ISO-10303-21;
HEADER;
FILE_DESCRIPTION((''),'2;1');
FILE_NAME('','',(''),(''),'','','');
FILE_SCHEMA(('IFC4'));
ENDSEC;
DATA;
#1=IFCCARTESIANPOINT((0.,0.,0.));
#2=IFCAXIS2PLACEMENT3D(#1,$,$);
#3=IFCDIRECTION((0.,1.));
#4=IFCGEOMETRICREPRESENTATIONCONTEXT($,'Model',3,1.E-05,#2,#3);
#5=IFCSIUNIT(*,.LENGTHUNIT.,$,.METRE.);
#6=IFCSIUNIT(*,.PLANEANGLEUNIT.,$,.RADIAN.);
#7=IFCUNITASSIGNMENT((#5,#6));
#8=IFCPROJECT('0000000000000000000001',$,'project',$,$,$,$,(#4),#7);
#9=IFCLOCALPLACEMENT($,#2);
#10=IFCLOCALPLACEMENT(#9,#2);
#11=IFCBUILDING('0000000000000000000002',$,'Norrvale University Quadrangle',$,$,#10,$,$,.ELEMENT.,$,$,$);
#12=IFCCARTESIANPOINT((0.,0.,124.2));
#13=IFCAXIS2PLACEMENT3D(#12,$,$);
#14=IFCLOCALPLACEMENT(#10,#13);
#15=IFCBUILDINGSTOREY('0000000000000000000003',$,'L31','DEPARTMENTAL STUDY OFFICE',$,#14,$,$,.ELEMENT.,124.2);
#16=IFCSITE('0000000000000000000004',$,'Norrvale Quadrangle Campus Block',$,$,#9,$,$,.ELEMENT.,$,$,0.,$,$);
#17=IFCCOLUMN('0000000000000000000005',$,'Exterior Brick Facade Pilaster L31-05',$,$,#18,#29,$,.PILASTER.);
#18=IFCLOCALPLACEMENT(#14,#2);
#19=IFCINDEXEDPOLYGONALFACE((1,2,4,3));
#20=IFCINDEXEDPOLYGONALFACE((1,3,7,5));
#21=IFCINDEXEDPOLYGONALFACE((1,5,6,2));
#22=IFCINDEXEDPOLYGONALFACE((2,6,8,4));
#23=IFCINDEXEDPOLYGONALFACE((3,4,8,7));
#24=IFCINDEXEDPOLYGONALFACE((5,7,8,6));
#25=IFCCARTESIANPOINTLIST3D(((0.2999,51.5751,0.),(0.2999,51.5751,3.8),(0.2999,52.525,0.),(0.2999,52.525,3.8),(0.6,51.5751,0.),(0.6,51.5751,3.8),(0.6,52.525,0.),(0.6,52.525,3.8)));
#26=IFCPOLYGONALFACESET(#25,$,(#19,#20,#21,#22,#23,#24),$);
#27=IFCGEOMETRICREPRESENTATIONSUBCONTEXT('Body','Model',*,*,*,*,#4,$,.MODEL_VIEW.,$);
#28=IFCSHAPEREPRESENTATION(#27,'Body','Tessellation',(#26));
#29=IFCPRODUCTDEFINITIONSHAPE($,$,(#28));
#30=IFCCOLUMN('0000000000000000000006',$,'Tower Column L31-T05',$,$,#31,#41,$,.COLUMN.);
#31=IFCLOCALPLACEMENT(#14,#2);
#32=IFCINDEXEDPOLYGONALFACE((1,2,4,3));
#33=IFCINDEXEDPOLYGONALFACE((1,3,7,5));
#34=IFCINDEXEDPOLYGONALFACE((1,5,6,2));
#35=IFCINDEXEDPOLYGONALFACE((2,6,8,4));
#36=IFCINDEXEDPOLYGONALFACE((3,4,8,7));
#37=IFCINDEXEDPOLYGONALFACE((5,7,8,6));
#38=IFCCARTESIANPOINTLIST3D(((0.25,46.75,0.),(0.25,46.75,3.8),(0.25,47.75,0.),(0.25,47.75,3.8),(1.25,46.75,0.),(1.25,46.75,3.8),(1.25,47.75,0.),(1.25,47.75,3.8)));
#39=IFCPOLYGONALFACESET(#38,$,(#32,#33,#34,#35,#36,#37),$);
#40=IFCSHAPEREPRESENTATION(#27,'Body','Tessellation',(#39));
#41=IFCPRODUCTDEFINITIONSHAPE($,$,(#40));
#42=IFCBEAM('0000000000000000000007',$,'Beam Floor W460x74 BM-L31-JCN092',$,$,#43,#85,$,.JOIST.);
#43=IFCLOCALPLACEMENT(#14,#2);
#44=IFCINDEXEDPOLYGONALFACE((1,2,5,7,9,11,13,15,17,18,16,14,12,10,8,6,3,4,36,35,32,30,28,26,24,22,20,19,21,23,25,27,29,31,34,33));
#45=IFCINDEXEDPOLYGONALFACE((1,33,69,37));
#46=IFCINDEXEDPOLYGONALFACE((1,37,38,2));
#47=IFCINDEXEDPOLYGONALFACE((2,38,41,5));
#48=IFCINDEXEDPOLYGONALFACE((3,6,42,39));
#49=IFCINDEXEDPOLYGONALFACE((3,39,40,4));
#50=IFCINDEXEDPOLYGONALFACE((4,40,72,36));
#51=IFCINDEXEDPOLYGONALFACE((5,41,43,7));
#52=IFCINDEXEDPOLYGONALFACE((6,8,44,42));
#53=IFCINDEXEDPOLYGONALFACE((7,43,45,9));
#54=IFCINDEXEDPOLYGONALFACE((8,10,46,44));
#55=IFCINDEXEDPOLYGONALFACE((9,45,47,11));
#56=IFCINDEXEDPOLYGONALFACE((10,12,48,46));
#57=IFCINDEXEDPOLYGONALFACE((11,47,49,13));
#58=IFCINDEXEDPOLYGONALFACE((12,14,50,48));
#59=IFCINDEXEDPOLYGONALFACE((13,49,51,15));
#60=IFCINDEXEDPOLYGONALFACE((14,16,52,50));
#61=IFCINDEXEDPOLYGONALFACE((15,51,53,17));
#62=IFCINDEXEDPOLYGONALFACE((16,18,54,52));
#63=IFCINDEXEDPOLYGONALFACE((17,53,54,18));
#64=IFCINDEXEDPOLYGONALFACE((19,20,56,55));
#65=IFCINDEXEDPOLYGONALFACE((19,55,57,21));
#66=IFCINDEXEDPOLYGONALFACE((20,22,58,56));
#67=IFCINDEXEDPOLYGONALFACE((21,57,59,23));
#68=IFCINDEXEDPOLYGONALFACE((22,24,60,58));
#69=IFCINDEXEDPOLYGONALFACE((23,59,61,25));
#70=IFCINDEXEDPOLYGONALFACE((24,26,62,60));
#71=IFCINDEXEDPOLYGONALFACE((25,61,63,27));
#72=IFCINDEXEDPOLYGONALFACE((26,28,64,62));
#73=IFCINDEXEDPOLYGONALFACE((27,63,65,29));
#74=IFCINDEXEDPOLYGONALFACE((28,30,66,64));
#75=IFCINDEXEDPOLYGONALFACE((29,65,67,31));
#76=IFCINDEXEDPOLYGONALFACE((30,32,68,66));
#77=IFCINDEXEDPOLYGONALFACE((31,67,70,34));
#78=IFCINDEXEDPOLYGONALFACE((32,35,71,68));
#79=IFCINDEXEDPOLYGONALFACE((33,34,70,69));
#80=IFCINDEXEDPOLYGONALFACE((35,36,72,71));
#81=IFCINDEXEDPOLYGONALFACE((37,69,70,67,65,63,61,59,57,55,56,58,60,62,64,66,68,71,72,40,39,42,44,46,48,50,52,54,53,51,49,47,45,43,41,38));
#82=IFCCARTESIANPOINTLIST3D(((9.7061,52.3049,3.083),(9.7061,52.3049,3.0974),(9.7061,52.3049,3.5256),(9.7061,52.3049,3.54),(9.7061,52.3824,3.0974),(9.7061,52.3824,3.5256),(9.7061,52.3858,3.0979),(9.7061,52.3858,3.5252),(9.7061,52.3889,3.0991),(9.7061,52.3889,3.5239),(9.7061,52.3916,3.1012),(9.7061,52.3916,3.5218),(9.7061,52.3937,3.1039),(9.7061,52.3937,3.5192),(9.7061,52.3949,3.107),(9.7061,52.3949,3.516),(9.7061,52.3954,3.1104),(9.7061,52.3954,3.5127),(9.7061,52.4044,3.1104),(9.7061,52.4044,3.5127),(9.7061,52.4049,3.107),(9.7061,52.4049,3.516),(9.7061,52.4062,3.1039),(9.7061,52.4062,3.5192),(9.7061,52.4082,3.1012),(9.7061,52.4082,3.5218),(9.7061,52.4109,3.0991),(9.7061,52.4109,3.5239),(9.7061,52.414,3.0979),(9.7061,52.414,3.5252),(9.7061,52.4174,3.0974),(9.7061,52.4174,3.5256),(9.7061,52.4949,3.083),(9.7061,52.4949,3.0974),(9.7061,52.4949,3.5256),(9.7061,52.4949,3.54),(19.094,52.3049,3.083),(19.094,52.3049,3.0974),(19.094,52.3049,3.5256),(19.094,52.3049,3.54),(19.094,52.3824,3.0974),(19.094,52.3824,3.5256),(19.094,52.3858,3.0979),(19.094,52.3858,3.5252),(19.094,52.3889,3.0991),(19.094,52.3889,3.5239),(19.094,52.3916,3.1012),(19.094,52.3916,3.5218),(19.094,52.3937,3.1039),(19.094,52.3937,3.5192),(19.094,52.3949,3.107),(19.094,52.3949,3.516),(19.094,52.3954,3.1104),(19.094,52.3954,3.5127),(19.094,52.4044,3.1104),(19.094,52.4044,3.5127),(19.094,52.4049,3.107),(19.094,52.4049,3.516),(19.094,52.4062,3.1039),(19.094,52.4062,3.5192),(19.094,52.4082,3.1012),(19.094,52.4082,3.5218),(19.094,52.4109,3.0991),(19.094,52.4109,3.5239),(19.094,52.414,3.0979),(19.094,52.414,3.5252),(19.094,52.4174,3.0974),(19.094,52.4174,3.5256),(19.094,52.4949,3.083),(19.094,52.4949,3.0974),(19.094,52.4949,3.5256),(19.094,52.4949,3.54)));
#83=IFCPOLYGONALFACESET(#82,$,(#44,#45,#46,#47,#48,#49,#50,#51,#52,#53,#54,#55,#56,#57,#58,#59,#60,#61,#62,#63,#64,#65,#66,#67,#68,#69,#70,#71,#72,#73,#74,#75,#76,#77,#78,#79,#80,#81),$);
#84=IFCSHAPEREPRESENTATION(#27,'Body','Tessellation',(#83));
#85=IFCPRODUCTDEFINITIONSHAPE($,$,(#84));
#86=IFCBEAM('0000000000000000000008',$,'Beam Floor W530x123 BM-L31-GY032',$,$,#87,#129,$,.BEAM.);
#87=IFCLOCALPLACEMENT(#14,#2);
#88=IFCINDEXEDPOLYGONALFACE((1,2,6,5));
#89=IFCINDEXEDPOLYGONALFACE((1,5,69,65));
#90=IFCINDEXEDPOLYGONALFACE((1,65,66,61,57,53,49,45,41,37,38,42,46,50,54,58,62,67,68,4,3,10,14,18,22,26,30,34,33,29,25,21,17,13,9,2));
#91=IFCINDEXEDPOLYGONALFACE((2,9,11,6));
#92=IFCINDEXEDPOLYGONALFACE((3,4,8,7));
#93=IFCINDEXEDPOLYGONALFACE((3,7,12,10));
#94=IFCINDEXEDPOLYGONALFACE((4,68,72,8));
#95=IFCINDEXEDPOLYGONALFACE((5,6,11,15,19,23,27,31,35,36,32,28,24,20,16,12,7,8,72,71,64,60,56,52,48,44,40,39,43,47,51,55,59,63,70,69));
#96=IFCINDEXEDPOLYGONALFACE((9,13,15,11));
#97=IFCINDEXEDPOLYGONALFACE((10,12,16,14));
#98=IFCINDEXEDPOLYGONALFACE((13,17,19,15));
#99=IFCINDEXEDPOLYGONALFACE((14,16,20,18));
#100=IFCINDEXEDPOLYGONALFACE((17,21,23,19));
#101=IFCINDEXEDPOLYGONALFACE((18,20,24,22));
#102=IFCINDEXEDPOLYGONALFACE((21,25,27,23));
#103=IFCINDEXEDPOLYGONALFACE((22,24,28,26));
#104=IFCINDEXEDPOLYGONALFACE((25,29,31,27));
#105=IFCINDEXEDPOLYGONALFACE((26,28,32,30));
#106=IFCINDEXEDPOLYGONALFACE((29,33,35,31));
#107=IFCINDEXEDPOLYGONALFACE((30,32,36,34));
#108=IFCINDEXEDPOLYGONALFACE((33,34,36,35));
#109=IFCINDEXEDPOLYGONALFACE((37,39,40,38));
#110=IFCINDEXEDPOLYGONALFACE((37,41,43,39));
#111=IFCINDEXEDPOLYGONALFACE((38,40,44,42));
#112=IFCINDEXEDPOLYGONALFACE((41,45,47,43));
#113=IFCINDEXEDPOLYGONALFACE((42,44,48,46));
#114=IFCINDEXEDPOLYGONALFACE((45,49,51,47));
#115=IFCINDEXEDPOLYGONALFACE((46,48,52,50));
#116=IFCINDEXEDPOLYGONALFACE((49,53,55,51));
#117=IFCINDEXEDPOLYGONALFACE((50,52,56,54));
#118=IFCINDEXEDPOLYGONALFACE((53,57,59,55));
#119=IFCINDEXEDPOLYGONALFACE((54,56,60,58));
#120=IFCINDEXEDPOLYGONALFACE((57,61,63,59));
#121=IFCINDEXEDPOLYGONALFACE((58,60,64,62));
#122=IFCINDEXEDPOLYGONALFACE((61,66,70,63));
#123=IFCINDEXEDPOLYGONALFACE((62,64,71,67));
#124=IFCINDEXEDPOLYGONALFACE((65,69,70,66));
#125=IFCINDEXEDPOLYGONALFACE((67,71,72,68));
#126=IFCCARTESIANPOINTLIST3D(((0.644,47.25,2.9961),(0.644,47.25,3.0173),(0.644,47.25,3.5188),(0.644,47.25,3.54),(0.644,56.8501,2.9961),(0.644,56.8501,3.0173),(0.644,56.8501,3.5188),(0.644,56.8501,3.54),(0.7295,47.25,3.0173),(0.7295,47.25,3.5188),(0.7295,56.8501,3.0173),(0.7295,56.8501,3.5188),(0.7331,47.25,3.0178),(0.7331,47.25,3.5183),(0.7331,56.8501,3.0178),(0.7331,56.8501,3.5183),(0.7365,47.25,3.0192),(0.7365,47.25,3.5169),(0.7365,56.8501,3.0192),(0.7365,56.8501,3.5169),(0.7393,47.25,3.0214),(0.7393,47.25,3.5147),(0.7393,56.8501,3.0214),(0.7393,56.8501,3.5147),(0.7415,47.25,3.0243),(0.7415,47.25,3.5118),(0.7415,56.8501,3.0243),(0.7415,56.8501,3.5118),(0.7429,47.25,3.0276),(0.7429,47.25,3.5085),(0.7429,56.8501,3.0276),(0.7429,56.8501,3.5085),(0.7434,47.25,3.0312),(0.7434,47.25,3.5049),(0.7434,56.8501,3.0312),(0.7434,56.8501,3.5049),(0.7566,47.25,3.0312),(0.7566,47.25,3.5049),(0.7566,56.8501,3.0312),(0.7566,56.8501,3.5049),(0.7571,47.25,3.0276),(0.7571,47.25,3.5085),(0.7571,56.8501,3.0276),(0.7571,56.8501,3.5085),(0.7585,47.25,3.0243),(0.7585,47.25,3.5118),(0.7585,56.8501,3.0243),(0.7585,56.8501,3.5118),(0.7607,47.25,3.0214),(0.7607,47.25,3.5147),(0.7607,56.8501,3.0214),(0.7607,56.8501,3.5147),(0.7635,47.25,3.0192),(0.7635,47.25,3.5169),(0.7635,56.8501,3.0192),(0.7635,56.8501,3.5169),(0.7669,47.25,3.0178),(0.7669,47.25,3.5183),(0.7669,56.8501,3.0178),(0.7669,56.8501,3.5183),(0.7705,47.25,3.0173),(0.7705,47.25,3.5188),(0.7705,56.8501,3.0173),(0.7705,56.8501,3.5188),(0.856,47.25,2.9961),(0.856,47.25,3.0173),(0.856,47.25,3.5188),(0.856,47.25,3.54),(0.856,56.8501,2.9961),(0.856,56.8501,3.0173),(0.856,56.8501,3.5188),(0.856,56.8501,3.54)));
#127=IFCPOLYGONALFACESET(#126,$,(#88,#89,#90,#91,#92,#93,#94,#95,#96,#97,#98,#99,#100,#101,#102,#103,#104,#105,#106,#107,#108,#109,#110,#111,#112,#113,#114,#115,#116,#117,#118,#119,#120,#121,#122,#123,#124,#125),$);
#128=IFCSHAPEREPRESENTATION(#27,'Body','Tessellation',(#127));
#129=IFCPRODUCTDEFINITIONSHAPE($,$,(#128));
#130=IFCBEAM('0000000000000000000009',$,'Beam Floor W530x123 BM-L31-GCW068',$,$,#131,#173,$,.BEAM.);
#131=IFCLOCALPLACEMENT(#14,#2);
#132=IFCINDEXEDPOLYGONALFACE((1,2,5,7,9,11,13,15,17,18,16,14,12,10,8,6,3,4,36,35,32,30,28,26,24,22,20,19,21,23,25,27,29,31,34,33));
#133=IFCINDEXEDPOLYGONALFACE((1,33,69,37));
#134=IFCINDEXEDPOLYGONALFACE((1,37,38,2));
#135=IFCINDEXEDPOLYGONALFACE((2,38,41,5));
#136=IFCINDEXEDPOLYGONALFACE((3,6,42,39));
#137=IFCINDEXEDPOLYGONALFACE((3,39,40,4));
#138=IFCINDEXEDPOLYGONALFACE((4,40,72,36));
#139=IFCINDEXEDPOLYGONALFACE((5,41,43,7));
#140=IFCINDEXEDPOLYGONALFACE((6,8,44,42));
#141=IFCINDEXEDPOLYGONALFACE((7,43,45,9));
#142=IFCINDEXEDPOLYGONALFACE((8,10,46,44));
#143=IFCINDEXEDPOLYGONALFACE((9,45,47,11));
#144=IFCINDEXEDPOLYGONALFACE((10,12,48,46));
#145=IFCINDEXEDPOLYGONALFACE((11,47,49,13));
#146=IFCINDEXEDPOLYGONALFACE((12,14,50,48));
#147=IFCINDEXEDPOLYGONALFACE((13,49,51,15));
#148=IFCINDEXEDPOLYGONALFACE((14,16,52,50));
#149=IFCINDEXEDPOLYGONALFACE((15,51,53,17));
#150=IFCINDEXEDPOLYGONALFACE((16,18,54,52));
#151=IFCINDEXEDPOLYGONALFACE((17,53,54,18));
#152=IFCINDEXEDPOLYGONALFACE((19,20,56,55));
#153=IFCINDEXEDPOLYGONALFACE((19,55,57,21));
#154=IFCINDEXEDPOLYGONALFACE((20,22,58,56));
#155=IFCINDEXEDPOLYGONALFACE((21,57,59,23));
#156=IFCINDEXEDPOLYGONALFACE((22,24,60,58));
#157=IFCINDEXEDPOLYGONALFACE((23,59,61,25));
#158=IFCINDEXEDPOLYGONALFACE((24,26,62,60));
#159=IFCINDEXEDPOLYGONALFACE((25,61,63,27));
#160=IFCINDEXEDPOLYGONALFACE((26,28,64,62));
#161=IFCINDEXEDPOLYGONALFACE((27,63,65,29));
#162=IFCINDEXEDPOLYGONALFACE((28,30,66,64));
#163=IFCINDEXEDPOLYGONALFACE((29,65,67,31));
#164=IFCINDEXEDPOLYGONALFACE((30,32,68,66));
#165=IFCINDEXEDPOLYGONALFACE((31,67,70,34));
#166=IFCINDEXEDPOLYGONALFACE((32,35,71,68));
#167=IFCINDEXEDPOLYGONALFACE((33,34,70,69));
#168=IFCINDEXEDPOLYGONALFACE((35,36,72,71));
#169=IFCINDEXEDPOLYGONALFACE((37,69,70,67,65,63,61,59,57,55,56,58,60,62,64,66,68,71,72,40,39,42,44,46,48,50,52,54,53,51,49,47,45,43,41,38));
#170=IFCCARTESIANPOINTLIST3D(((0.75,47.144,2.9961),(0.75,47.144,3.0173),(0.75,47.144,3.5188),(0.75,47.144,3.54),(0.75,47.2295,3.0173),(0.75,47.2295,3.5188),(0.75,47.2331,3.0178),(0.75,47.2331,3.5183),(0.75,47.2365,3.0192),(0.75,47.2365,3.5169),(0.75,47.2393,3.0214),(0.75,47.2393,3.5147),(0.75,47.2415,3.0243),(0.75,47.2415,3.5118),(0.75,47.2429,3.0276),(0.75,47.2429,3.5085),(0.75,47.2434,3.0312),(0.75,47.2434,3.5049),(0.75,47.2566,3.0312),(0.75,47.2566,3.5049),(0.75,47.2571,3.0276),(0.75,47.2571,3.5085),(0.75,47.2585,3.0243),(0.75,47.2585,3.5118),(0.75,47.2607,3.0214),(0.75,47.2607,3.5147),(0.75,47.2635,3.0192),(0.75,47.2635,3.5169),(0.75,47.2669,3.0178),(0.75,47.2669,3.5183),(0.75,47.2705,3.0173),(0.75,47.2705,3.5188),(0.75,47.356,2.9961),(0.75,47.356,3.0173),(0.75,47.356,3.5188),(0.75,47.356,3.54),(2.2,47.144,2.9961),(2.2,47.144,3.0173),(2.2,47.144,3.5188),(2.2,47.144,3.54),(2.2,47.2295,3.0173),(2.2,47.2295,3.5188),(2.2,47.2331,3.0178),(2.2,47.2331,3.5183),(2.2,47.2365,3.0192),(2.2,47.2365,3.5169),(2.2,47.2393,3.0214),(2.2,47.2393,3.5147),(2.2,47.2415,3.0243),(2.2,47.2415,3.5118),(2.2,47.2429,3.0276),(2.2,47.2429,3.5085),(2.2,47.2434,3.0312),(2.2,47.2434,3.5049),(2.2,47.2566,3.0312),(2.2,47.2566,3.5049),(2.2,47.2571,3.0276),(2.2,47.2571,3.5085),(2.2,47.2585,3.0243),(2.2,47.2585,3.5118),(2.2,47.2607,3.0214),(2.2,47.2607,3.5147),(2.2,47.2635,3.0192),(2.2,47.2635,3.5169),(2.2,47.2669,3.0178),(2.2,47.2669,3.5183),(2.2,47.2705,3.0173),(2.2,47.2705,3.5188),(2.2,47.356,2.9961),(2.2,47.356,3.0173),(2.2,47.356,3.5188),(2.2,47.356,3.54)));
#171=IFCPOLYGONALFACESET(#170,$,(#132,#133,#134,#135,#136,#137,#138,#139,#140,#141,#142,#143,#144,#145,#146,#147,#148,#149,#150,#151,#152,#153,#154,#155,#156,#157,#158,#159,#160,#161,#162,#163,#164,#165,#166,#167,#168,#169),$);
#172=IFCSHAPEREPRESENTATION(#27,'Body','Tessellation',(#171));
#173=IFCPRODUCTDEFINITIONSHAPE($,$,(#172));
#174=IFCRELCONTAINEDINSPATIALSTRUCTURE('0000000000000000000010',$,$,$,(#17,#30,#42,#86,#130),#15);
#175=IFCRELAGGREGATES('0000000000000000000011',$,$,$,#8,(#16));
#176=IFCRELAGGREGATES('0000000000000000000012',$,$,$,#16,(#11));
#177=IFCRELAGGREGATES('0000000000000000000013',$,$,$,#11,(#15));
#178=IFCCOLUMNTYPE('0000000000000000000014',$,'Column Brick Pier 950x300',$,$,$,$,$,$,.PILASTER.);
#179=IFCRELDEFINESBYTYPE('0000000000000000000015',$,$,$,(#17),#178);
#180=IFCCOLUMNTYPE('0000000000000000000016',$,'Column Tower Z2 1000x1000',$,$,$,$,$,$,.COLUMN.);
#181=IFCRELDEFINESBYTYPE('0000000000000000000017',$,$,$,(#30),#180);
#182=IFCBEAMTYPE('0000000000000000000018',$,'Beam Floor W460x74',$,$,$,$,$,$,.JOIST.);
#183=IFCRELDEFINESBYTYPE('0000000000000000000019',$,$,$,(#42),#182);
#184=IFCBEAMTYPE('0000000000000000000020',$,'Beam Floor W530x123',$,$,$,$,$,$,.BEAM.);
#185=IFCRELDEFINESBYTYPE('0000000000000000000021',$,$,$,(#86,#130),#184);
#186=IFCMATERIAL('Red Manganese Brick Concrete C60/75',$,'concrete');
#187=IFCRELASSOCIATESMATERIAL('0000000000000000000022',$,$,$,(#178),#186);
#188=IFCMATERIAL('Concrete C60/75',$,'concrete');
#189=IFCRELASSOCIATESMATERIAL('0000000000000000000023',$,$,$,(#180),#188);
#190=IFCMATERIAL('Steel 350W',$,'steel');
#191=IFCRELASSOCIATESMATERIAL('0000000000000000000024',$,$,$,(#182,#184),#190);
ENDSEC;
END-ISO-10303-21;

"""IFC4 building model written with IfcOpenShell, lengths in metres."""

from ifc_helpers import new_model, si_unit, direction, frame, origin, origin_2d, place, context, subcontext, project, spatial, rectangle, i_section, extrude, material, material_profile, profile_set, type_object, element, save


model = new_model("IFC4")

# Units and contexts
model_context = context("Model", 3, precision=1e-05, world=origin(), true_north=direction((0.0, 1.0)))
body_context = subcontext(model_context, "Body", "Model", "MODEL_VIEW")
ifc_project = project(units=[si_unit("LENGTHUNIT", "METRE"), si_unit("PLANEANGLEUNIT", "RADIAN")], contexts=[model_context])

# Site, building, storey
site_placement = place(None, origin())
site = spatial("IfcSite", under=ifc_project, at=site_placement, Name="Norrvale Quadrangle Campus Block", CompositionType="ELEMENT", RefElevation=0.0)
building_placement = place(site_placement, origin())
building = spatial("IfcBuilding", under=site, at=building_placement, Name="Norrvale University Quadrangle", CompositionType="ELEMENT")
storey_placement = place(building_placement, frame((0.0, 0.0, 124.2)))
storey = spatial("IfcBuildingStorey", under=building, at=storey_placement, Name="L31", Description="DEPARTMENTAL STUDY OFFICE", CompositionType="ELEMENT", Elevation=124.2)

# Columns
ifc_material_1 = material(Name="Red Manganese Brick Concrete C60/75", Category="concrete")
ifc_material_profile_1 = material_profile(ifc_material_1, rectangle(XDim=0.95, YDim=0.3, at=origin_2d()), Name="Red Manganese Brick Concrete C60/75")
ifc_profile_set_1 = profile_set([ifc_material_profile_1], Name="Red Manganese Brick Concrete C60/75")
column_type_1 = type_object("IfcColumnType", Name="Column Brick Pier 950x300", PredefinedType="PILASTER", material=ifc_profile_set_1)
column_1_placement = place(storey_placement, frame((0.45, 52.05, 0.0), z_axis=(0.0, 0.0, 1.0), x_axis=(0.0, 1.0, 0.0)))
element("IfcColumn", 1, at=column_1_placement, inside=storey, type_object=column_type_1, Name="Exterior Brick Facade Pilaster L31-05", PredefinedType="PILASTER", context=body_context, shape_type="SweptSolid", body=[
    extrude(rectangle(XDim=0.95, YDim=0.3, at=origin_2d()), origin(), (0.0, 0.0, 1.0), 3.8),
])
ifc_material_2 = material(Name="Concrete C60/75", Category="concrete")
ifc_material_profile_2 = material_profile(ifc_material_2, rectangle(XDim=1.0, YDim=1.0, at=origin_2d()), Name="Concrete C60/75")
ifc_profile_set_2 = profile_set([ifc_material_profile_2], Name="Concrete C60/75")
column_type_2 = type_object("IfcColumnType", Name="Column Tower Z2 1000x1000", PredefinedType="COLUMN", material=ifc_profile_set_2)
column_2_placement = place(storey_placement, frame((0.75, 47.25, 0.0), z_axis=(0.0, 0.0, 1.0), x_axis=(1.0, 0.0, 0.0)))
element("IfcColumn", 2, at=column_2_placement, inside=storey, type_object=column_type_2, Name="Tower Column L31-T05", PredefinedType="COLUMN", context=body_context, shape_type="SweptSolid", body=[
    extrude(rectangle(XDim=1.0, YDim=1.0, at=origin_2d()), origin(), (0.0, 0.0, 1.0), 3.8),
])

# Beams
ifc_material_3 = material(Name="Steel 350W", Category="steel")
ifc_material_profile_3 = material_profile(ifc_material_3, i_section(OverallWidth=0.1899, OverallDepth=0.457, WebThickness=0.009, FlangeThickness=0.0144, FilletRadius=0.0129, at=origin_2d()), Name="Steel 350W")
ifc_profile_set_3 = profile_set([ifc_material_profile_3], Name="Steel 350W")
beam_type_1 = type_object("IfcBeamType", Name="Beam Floor W460x74", PredefinedType="JOIST", material=ifc_profile_set_3)
beam_1_placement = place(storey_placement, frame((9.7061, 52.3999, 3.3115), z_axis=(1.0, 0.0, 0.0), x_axis=(0.0, 1.0, 0.0)))
element("IfcBeam", 3, at=beam_1_placement, inside=storey, type_object=beam_type_1, Name="Beam Floor W460x74 BM-L31-JCN092", PredefinedType="JOIST", context=body_context, shape_type="SweptSolid", body=[
    extrude(i_section(OverallWidth=0.1899, OverallDepth=0.457, WebThickness=0.009, FlangeThickness=0.0144, FilletRadius=0.0129, at=origin_2d()), origin(), (0.0, 0.0, 1.0), 9.3879),
])
ifc_material_profile_4 = material_profile(ifc_material_3, i_section(OverallWidth=0.2119, OverallDepth=0.5439, WebThickness=0.0132, FlangeThickness=0.0212, FilletRadius=0.0139, at=origin_2d()), Name="Steel 350W")
ifc_profile_set_4 = profile_set([ifc_material_profile_4], Name="Steel 350W")
beam_type_2 = type_object("IfcBeamType", Name="Beam Floor W530x123", PredefinedType="BEAM", material=ifc_profile_set_4)
beam_2_placement = place(storey_placement, frame((0.75, 47.25, 3.2681), z_axis=(0.0, 1.0, 0.0), x_axis=(-1.0, 0.0, 0.0)))
element("IfcBeam", 4, at=beam_2_placement, inside=storey, type_object=beam_type_2, Name="Beam Floor W530x123 BM-L31-GY032", PredefinedType="BEAM", context=body_context, shape_type="SweptSolid", body=[
    extrude(i_section(OverallWidth=0.2119, OverallDepth=0.5439, WebThickness=0.0132, FlangeThickness=0.0212, FilletRadius=0.0139, at=origin_2d()), origin(), (0.0, 0.0, 1.0), 9.6001),
])
beam_3_placement = place(storey_placement, frame((0.75, 47.25, 3.2681), z_axis=(1.0, 0.0, 0.0), x_axis=(0.0, 1.0, 0.0)))
element("IfcBeam", 5, at=beam_3_placement, inside=storey, type_object=beam_type_2, Name="Beam Floor W530x123 BM-L31-GCW068", PredefinedType="BEAM", context=body_context, shape_type="SweptSolid", body=[
    extrude(i_section(OverallWidth=0.2119, OverallDepth=0.5439, WebThickness=0.0132, FlangeThickness=0.0212, FilletRadius=0.0139, at=origin_2d()), origin(), (0.0, 0.0, 1.0), 1.45),
])

save(model, "model.ifc")
